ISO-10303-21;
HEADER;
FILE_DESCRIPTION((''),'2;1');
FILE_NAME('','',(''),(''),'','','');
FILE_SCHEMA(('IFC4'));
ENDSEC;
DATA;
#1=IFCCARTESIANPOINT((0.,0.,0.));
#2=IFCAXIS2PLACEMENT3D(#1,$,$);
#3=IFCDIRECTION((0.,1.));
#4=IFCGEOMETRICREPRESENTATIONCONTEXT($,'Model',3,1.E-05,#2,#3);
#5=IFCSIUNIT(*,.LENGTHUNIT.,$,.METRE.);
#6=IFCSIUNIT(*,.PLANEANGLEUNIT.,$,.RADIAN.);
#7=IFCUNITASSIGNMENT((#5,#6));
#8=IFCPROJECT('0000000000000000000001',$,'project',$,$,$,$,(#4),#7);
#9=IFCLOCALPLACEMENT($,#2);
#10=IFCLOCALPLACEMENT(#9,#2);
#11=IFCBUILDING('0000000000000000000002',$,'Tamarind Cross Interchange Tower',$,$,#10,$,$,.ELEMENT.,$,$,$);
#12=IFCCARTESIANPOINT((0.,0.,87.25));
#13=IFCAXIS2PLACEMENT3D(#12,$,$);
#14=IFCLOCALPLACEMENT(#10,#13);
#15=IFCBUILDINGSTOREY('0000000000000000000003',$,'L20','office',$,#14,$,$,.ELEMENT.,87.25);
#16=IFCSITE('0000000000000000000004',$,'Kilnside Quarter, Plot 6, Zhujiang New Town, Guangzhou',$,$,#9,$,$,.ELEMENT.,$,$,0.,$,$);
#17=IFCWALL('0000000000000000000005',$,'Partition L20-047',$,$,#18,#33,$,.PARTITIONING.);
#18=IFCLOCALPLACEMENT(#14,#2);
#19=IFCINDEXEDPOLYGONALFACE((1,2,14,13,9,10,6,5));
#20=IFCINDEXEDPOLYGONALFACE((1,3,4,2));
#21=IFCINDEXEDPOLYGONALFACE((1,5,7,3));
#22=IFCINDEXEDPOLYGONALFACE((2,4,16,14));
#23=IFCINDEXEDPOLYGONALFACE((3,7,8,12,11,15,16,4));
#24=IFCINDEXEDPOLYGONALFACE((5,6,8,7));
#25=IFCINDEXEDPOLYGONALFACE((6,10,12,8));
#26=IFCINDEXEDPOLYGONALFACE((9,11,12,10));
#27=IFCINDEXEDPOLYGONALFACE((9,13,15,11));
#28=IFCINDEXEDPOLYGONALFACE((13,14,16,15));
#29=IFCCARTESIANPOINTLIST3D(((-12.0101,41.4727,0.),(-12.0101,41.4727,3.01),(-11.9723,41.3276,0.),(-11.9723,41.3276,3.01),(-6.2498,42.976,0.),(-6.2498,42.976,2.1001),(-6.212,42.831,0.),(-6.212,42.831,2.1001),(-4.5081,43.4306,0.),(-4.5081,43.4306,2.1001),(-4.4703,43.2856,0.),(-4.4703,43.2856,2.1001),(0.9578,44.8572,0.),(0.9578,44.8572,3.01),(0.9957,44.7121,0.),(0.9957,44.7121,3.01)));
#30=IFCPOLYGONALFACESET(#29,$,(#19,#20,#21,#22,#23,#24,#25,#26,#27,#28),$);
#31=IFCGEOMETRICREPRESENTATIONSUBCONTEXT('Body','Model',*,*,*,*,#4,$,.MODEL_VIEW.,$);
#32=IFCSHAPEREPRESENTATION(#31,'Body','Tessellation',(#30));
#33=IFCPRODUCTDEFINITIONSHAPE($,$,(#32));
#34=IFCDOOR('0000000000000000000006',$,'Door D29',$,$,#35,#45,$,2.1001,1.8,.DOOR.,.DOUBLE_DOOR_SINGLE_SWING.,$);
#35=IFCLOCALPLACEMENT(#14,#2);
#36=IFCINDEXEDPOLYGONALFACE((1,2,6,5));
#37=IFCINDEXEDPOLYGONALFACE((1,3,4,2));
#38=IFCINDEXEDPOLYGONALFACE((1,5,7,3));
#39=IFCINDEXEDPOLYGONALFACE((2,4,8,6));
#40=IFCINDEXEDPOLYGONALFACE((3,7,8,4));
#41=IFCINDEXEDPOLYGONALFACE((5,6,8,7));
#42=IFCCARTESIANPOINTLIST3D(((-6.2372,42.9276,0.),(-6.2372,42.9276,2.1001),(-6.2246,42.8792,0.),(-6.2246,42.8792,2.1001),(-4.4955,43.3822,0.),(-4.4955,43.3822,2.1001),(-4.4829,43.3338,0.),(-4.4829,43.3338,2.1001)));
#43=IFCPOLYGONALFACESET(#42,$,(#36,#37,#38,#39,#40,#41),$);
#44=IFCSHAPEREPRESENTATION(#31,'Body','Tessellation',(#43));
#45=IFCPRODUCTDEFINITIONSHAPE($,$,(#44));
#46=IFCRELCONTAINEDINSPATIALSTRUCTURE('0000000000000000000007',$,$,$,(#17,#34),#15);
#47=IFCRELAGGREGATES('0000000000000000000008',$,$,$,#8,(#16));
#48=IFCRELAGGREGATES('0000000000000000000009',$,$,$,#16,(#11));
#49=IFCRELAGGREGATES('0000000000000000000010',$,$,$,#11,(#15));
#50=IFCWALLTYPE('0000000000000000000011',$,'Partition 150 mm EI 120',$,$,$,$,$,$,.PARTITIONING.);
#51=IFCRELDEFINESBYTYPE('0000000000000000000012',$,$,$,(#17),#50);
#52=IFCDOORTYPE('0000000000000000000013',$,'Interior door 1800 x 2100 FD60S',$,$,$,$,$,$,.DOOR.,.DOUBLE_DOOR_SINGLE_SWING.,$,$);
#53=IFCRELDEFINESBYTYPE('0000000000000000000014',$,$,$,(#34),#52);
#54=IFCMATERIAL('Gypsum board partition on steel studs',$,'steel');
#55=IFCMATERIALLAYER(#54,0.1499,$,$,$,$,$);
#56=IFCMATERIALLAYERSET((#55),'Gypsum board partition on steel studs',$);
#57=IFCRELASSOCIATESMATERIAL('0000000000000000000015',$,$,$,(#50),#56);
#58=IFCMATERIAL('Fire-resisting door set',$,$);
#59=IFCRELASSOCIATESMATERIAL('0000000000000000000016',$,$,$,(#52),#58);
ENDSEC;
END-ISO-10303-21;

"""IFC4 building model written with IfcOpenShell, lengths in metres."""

from ifc_helpers import new_model, si_unit, direction, frame, frame_2d, origin, place, context, subcontext, project, spatial, rectangle, extrude, material, layer, layer_set, type_object, element, fill, save


model = new_model("IFC4")

# Units and contexts
model_context = context("Model", 3, precision=1e-05, world=origin(), true_north=direction((0.0, 1.0)))
body_context = subcontext(model_context, "Body", "Model", "MODEL_VIEW")
ifc_project = project(units=[si_unit("LENGTHUNIT", "METRE"), si_unit("PLANEANGLEUNIT", "RADIAN")], contexts=[model_context])

# Site, building, storey
site_placement = place(None, origin())
site = spatial("IfcSite", under=ifc_project, at=site_placement, Name="Kilnside Quarter, Plot 6, Zhujiang New Town, Guangzhou", CompositionType="ELEMENT", RefElevation=0.0)
building_placement = place(site_placement, origin())
building = spatial("IfcBuilding", under=site, at=building_placement, Name="Tamarind Cross Interchange Tower", CompositionType="ELEMENT")
storey_placement = place(building_placement, frame((0.0, 0.0, 87.25)))
storey = spatial("IfcBuildingStorey", under=building, at=storey_placement, Name="L20", Description="office", CompositionType="ELEMENT", Elevation=87.25)

# Shared definitions
ifc_material_1 = material(Name="Gypsum board partition on steel studs", Category="steel")

# Shared definitions
ifc_layer_1 = layer(ifc_material_1, 0.1499)
ifc_layer_set_1 = layer_set([ifc_layer_1], Name="Gypsum board partition on steel studs")
wall_type_1 = type_object("IfcWallType", Name="Partition 150 mm EI 120", PredefinedType="PARTITIONING", material=ifc_layer_set_1)
ifc_material_2 = material(Name="Fire-resisting door set")
door_type_1 = type_object("IfcDoorType", Name="Interior door 1800 x 2100 FD60S", OperationType="DOUBLE_DOOR_SINGLE_SWING", PredefinedType="DOOR", material=ifc_material_2)

# Wall, opening, door
wall_1_placement = place(storey_placement, frame((-11.9912, 41.4001, 0.0), z_axis=(0.0, 0.0, 1.0), x_axis=(0.967589, 0.252531, 0.0)))
wall_1 = element("IfcWall", 1, at=wall_1_placement, inside=storey, type_object=wall_type_1, Name="Partition L20-047", PredefinedType="PARTITIONING", context=body_context, shape_type="SweptSolid", body=[
    extrude(rectangle(XDim=13.4023, YDim=0.1499, at=frame_2d((6.7012, 0.0))), origin(), (0.0, 0.0, 1.0), 3.01),
])
opening_1_placement = place(wall_1_placement, frame((5.9534, 0.0, 0.0)))
opening_1 = element("IfcOpeningElement", 2, at=opening_1_placement, cuts=wall_1, PredefinedType="OPENING", context=body_context, shape_type="SweptSolid", body=[
    extrude(rectangle(XDim=1.8, YDim=2.1001, at=frame_2d((0.8999, 1.05))), frame((0.0, 0.085, 0.0), z_axis=(0.0, -1.0, 0.0), x_axis=(1.0, 0.0, 0.0)), (0.0, 0.0, 1.0), 0.1699),
])
door_1_placement = place(opening_1_placement, origin())
door_1 = element("IfcDoor", 3, at=door_1_placement, inside=storey, type_object=door_type_1, Name="Door D29", OperationType="DOUBLE_DOOR_SINGLE_SWING", OverallHeight=2.1001, OverallWidth=1.8, PredefinedType="DOOR", context=body_context, shape_type="SweptSolid", body=[
    extrude(rectangle(XDim=1.8, YDim=2.1001, at=frame_2d((0.8999, 1.05))), frame((0.0, 0.0249, 0.0), z_axis=(0.0, -1.0, 0.0), x_axis=(1.0, 0.0, 0.0)), (0.0, 0.0, 1.0), 0.05),
])
fill(opening_1, door_1)

save(model, "model.ifc")
